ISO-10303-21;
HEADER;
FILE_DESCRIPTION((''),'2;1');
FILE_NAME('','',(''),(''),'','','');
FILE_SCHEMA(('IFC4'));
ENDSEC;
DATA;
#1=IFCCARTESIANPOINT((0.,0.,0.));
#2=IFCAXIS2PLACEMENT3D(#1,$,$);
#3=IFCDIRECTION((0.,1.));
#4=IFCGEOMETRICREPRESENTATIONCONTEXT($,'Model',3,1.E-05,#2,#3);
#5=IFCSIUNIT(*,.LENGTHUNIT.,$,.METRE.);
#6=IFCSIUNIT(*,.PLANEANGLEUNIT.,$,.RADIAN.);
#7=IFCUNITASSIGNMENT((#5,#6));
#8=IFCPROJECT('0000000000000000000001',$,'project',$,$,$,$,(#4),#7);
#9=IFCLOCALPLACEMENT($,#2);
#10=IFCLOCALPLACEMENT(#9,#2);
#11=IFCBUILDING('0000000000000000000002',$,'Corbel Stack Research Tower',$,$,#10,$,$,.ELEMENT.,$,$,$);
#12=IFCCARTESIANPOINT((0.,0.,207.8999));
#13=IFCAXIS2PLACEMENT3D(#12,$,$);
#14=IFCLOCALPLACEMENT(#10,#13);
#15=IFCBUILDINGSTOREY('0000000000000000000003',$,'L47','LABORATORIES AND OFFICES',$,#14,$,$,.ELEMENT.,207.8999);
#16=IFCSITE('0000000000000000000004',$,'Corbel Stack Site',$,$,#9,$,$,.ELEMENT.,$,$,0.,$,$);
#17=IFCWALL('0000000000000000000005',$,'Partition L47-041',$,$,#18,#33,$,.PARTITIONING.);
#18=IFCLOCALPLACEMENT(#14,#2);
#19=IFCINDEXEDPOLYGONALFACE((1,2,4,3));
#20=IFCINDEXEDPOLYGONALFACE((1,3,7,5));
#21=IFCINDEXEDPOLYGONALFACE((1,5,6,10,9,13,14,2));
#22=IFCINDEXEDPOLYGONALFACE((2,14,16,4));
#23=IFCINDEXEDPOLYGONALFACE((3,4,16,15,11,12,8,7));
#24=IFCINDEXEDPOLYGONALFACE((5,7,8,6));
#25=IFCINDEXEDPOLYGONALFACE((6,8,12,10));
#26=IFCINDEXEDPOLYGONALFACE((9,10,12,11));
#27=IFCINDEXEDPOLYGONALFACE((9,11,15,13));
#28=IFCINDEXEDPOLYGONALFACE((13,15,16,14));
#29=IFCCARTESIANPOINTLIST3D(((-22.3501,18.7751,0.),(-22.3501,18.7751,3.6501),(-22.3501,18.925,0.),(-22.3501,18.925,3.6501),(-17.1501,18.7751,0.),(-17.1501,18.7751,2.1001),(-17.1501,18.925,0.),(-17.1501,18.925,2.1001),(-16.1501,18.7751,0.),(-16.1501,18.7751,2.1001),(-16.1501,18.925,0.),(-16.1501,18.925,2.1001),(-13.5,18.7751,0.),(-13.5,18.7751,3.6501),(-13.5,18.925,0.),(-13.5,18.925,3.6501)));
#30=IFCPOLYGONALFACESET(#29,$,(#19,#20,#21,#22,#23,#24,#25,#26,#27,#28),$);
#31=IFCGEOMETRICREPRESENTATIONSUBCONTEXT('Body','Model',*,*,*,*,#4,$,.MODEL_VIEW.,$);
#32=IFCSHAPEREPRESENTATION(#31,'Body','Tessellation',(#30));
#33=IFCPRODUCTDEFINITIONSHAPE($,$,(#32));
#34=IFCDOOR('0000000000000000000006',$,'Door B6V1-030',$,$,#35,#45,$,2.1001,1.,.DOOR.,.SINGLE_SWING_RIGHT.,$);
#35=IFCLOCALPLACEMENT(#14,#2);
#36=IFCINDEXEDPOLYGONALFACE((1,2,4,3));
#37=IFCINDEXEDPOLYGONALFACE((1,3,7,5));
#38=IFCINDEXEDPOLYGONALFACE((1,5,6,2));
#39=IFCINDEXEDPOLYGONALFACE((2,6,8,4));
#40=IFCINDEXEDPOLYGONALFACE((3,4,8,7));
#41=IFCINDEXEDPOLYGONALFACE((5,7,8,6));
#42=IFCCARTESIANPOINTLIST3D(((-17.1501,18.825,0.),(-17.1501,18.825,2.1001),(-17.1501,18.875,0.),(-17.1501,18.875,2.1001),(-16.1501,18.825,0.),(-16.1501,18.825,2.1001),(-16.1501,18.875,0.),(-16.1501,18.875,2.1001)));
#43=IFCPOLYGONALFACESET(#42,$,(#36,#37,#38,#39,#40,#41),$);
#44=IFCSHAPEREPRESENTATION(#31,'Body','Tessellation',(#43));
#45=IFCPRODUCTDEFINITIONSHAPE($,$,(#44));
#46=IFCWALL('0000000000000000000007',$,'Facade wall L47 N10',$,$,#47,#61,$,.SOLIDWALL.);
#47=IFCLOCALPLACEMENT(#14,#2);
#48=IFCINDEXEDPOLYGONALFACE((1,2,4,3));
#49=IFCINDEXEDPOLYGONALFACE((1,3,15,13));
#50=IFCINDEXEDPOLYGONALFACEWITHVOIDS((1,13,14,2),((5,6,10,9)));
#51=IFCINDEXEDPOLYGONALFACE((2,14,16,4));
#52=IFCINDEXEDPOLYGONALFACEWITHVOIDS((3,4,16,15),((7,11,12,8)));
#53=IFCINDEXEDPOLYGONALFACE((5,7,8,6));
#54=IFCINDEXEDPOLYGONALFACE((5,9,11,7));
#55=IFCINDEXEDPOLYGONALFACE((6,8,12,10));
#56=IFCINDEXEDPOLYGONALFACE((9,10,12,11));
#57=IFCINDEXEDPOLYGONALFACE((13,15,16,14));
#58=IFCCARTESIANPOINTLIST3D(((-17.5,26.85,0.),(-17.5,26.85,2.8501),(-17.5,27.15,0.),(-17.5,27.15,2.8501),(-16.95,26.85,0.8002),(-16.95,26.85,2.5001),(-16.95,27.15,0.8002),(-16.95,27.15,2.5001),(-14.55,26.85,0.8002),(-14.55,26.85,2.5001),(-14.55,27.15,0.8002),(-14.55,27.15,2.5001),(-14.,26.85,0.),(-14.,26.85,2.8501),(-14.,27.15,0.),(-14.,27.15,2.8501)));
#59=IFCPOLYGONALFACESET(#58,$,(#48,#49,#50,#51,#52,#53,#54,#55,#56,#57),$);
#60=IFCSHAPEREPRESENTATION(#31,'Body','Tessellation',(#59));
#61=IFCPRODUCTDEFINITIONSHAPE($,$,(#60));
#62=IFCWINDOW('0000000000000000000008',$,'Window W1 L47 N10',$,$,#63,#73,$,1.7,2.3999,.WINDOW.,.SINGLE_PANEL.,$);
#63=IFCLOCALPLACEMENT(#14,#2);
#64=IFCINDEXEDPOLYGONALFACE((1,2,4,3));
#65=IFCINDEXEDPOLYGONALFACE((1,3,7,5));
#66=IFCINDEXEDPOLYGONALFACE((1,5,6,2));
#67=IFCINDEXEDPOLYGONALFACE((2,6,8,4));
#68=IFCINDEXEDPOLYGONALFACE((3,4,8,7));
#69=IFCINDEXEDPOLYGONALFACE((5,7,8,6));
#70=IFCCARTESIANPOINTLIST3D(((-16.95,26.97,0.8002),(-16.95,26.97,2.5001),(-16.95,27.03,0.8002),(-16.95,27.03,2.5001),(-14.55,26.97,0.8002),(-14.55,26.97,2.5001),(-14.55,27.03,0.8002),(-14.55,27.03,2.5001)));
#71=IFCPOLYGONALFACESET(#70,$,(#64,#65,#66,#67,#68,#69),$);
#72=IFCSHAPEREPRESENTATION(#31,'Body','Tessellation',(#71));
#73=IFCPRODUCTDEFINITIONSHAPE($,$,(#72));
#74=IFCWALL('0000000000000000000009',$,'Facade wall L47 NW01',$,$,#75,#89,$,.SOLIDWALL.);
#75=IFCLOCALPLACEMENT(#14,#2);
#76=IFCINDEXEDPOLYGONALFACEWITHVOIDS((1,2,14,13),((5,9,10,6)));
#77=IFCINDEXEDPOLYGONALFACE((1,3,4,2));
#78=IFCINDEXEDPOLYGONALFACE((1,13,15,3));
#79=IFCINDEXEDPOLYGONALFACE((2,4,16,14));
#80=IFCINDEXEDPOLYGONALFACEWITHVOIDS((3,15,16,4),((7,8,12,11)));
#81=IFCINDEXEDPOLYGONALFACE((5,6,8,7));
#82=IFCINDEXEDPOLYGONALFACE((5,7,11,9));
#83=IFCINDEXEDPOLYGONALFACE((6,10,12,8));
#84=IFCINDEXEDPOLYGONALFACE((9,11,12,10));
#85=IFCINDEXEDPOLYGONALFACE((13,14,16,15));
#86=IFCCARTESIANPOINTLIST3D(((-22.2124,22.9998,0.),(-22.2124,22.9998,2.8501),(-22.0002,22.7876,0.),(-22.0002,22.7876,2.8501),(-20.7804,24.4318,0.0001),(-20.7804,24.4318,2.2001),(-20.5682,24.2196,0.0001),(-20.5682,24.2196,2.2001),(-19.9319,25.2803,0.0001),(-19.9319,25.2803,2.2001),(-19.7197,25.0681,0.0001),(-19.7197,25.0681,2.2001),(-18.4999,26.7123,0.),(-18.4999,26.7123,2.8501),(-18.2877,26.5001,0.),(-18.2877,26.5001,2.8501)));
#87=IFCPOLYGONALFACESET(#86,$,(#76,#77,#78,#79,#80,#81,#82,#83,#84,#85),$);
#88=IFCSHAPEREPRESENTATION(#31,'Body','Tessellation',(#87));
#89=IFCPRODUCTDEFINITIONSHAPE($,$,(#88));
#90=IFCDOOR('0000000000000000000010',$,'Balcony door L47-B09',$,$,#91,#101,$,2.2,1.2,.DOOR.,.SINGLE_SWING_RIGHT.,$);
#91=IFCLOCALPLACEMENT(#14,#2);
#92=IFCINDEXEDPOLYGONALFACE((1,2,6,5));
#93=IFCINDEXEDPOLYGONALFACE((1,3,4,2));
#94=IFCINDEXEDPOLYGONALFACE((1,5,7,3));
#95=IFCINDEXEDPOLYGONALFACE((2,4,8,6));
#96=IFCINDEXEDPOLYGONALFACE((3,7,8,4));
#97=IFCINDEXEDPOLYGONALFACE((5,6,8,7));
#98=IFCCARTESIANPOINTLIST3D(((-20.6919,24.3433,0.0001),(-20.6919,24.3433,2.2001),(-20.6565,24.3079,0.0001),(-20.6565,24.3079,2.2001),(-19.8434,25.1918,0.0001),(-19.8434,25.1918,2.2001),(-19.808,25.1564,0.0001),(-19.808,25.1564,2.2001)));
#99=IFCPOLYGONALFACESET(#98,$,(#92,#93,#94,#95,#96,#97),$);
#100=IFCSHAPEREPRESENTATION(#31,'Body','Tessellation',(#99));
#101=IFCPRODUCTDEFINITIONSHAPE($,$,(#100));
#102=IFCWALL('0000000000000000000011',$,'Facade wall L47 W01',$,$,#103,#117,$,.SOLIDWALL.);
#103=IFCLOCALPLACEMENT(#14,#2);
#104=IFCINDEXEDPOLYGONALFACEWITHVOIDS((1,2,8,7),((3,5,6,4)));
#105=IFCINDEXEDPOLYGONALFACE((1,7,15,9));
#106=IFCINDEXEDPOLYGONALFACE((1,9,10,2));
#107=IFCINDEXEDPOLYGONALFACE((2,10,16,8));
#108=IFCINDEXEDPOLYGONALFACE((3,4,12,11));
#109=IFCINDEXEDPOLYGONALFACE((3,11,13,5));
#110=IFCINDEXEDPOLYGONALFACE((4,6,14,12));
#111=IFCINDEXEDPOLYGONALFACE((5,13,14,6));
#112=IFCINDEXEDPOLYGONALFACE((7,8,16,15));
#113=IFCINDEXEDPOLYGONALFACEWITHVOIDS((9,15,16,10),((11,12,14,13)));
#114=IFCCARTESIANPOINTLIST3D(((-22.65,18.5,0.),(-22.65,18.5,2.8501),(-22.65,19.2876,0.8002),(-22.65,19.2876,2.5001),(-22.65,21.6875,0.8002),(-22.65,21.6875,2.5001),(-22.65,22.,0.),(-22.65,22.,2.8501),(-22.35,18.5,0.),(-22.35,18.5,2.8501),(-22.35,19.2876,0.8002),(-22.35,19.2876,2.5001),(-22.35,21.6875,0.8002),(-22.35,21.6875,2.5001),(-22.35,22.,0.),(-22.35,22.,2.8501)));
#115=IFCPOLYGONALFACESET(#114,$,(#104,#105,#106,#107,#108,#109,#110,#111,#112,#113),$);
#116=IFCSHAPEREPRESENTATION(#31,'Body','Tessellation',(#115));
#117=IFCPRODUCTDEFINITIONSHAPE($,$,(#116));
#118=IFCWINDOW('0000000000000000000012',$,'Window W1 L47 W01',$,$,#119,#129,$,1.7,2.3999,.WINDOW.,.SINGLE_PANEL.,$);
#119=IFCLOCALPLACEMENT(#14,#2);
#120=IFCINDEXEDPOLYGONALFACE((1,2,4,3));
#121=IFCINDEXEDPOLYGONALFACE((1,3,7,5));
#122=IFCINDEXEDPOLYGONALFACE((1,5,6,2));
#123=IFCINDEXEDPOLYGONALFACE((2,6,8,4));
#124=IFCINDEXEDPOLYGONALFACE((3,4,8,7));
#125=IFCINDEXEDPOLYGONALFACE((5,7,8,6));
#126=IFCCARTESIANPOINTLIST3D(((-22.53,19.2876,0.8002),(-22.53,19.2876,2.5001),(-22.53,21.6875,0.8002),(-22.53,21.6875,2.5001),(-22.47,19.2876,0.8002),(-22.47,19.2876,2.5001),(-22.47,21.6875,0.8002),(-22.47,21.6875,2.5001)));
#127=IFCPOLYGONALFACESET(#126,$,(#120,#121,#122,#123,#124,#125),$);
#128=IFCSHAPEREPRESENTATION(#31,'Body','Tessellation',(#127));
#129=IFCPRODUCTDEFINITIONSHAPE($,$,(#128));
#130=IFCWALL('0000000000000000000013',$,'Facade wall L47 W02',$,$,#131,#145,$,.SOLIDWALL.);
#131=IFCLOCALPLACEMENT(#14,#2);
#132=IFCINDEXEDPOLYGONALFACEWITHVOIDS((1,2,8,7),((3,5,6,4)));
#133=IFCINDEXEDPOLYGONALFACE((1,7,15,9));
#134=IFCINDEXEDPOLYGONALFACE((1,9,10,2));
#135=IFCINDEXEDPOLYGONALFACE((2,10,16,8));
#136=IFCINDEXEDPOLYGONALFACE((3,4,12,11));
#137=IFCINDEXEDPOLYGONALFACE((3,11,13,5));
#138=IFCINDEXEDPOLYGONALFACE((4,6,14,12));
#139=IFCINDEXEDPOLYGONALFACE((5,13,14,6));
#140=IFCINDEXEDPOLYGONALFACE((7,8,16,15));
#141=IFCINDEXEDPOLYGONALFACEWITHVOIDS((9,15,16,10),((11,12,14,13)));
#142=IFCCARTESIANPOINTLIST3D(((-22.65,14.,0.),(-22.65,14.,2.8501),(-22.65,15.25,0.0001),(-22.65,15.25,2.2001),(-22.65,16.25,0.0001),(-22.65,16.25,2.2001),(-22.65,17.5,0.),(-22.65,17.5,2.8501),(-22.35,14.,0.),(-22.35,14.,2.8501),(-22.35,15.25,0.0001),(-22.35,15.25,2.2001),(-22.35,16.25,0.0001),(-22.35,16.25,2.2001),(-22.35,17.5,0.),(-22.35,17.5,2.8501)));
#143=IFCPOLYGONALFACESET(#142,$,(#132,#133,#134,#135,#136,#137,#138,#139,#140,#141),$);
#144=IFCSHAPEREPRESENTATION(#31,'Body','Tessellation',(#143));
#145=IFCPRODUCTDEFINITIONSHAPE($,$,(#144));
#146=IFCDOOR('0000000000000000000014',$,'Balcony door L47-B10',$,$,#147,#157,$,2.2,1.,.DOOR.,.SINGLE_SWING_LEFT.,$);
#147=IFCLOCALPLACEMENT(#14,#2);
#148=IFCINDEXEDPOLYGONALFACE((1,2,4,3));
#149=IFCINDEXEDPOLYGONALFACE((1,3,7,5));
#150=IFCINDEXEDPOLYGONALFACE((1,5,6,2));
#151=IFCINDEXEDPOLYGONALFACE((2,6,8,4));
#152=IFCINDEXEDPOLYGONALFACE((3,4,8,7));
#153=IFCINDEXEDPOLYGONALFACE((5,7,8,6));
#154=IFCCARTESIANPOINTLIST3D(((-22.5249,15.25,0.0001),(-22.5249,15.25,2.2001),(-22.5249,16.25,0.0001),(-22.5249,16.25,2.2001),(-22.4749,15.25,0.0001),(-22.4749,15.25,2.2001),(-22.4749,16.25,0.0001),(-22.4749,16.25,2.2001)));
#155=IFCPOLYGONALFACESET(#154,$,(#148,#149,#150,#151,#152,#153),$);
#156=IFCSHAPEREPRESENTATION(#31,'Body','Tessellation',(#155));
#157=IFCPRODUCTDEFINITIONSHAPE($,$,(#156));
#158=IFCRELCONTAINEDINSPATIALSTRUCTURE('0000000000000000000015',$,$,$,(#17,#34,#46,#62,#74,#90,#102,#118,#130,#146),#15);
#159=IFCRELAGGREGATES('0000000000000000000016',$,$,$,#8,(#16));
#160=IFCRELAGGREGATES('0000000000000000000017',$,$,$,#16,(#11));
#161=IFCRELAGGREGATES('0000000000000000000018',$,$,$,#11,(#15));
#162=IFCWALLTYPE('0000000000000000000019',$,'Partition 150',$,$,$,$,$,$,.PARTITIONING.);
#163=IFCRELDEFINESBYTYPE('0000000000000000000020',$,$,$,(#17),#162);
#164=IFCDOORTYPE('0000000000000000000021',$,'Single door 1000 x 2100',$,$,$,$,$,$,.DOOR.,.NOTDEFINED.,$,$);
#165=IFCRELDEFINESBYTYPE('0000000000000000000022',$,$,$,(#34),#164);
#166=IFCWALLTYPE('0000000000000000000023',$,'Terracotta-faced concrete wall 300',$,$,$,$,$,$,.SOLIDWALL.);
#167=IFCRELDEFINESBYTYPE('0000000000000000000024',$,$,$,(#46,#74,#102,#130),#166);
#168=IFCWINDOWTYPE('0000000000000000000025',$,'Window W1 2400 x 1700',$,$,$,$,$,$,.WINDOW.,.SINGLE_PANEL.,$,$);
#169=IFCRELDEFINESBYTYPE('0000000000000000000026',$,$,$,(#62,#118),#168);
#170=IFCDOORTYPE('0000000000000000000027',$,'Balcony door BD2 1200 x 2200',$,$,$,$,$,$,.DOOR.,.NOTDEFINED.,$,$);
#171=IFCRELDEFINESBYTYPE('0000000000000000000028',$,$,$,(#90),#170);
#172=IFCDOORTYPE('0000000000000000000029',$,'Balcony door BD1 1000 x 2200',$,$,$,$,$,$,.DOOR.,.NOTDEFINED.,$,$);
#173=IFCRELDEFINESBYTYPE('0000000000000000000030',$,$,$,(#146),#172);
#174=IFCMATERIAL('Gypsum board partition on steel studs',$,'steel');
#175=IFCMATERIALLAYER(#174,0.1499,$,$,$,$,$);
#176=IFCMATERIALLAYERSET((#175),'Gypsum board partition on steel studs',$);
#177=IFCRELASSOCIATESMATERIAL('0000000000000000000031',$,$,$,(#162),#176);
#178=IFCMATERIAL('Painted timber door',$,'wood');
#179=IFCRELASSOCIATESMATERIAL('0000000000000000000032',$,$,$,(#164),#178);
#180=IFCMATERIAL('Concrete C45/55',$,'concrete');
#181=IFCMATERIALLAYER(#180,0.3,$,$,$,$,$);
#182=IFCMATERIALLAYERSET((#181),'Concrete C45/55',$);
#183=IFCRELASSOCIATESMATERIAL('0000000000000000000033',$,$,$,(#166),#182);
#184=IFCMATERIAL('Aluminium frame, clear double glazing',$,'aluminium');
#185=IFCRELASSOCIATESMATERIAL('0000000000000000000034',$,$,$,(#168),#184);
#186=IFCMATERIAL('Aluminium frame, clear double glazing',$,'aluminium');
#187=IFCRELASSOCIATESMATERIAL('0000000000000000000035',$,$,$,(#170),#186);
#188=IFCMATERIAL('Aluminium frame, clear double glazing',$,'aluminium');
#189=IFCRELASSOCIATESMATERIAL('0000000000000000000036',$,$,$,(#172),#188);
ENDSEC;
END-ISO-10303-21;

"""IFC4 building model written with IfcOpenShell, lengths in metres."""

from ifc_helpers import new_model, si_unit, direction, frame, frame_2d, origin, place, context, subcontext, project, spatial, rectangle, extrude, material, layer, layer_set, type_object, element, fill, save


model = new_model("IFC4")

# Units and contexts
model_context = context("Model", 3, precision=1e-05, world=origin(), true_north=direction((0.0, 1.0)))
body_context = subcontext(model_context, "Body", "Model", "MODEL_VIEW")
ifc_project = project(units=[si_unit("LENGTHUNIT", "METRE"), si_unit("PLANEANGLEUNIT", "RADIAN")], contexts=[model_context])

# Site, building, storey
site_placement = place(None, origin())
site = spatial("IfcSite", under=ifc_project, at=site_placement, Name="Corbel Stack Site", CompositionType="ELEMENT", RefElevation=0.0)
building_placement = place(site_placement, origin())
building = spatial("IfcBuilding", under=site, at=building_placement, Name="Corbel Stack Research Tower", CompositionType="ELEMENT")
storey_placement = place(building_placement, frame((0.0, 0.0, 207.8999)))
storey = spatial("IfcBuildingStorey", under=building, at=storey_placement, Name="L47", Description="LABORATORIES AND OFFICES", CompositionType="ELEMENT", Elevation=207.8999)

# Wall, opening, door
ifc_material_1 = material(Name="Gypsum board partition on steel studs", Category="steel")
ifc_layer_1 = layer(ifc_material_1, 0.1499)
ifc_layer_set_1 = layer_set([ifc_layer_1], Name="Gypsum board partition on steel studs")
wall_type_1 = type_object("IfcWallType", Name="Partition 150", PredefinedType="PARTITIONING", material=ifc_layer_set_1)
wall_1_placement = place(storey_placement, frame((-22.3501, 18.8501, 0.0), z_axis=(0.0, 0.0, 1.0), x_axis=(1.0, 0.0, 0.0)))
wall_1 = element("IfcWall", 1, at=wall_1_placement, inside=storey, type_object=wall_type_1, Name="Partition L47-041", PredefinedType="PARTITIONING", context=body_context, shape_type="SweptSolid", body=[
    extrude(rectangle(XDim=8.8501, YDim=0.1499, at=frame_2d((4.425, 0.0))), origin(), (0.0, 0.0, 1.0), 3.6501),
])
opening_1_placement = place(wall_1_placement, frame((5.2, 0.0, 0.0)))
opening_1 = element("IfcOpeningElement", 2, at=opening_1_placement, cuts=wall_1, PredefinedType="OPENING", context=body_context, shape_type="SweptSolid", body=[
    extrude(rectangle(XDim=1.0, YDim=2.1001, at=frame_2d((0.5, 1.05))), frame((0.0, 0.085, 0.0), z_axis=(0.0, -1.0, 0.0), x_axis=(1.0, 0.0, 0.0)), (0.0, 0.0, 1.0), 0.1699),
])
ifc_material_2 = material(Name="Painted timber door", Category="wood")
door_type_1 = type_object("IfcDoorType", Name="Single door 1000 x 2100", OperationType="NOTDEFINED", PredefinedType="DOOR", material=ifc_material_2)
door_1_placement = place(opening_1_placement, origin())
door_1 = element("IfcDoor", 3, at=door_1_placement, inside=storey, type_object=door_type_1, Name="Door B6V1-030", OperationType="SINGLE_SWING_RIGHT", OverallHeight=2.1001, OverallWidth=1.0, PredefinedType="DOOR", context=body_context, shape_type="SweptSolid", body=[
    extrude(rectangle(XDim=1.0, YDim=2.1001, at=frame_2d((0.5, 1.05))), frame((0.0, 0.0249, 0.0), z_axis=(0.0, -1.0, 0.0), x_axis=(1.0, 0.0, 0.0)), (0.0, 0.0, 1.0), 0.05),
])
fill(opening_1, door_1)

# Wall, opening, window
ifc_material_3 = material(Name="Concrete C45/55", Category="concrete")
ifc_layer_2 = layer(ifc_material_3, 0.3)
ifc_layer_set_2 = layer_set([ifc_layer_2], Name="Concrete C45/55")
wall_type_2 = type_object("IfcWallType", Name="Terracotta-faced concrete wall 300", PredefinedType="SOLIDWALL", material=ifc_layer_set_2)
wall_2_placement = place(storey_placement, frame((-17.5, 27.0, 0.0), z_axis=(0.0, 0.0, 1.0), x_axis=(1.0, 0.0, 0.0)))
wall_2 = element("IfcWall", 4, at=wall_2_placement, inside=storey, type_object=wall_type_2, Name="Facade wall L47 N10", PredefinedType="SOLIDWALL", context=body_context, shape_type="SweptSolid", body=[
    extrude(rectangle(XDim=3.5, YDim=0.3, at=frame_2d((1.75, 0.0))), origin(), (0.0, 0.0, 1.0), 2.8501),
])
opening_2_placement = place(wall_2_placement, frame((0.55, 0.0, 0.8)))
opening_2 = element("IfcOpeningElement", 5, at=opening_2_placement, cuts=wall_2, PredefinedType="OPENING", context=body_context, shape_type="SweptSolid", body=[
    extrude(rectangle(XDim=2.3999, YDim=1.7, at=frame_2d((1.2, 0.8501))), frame((0.0, 0.1599, 0.0), z_axis=(0.0, -1.0, 0.0), x_axis=(1.0, 0.0, 0.0)), (0.0, 0.0, 1.0), 0.3201),
])
ifc_material_4 = material(Name="Aluminium frame, clear double glazing", Category="aluminium")
window_type = type_object("IfcWindowType", Name="Window W1 2400 x 1700", PartitioningType="SINGLE_PANEL", PredefinedType="WINDOW", material=ifc_material_4)
window_1_placement = place(opening_2_placement, origin())
window_1 = element("IfcWindow", 6, at=window_1_placement, inside=storey, type_object=window_type, Name="Window W1 L47 N10", OverallHeight=1.7, OverallWidth=2.3999, PartitioningType="SINGLE_PANEL", PredefinedType="WINDOW", context=body_context, shape_type="SweptSolid", body=[
    extrude(rectangle(XDim=2.3999, YDim=1.7, at=frame_2d((1.2, 0.8501))), frame((0.0, 0.03, 0.0), z_axis=(0.0, -1.0, 0.0), x_axis=(1.0, 0.0, 0.0)), (0.0, 0.0, 1.0), 0.0601),
])
fill(opening_2, window_1)

# Wall, opening, door
wall_3_placement = place(storey_placement, frame((-22.1062, 22.8938, 0.0), z_axis=(0.0, 0.0, 1.0), x_axis=(0.707107, 0.707107, 0.0)))
wall_3 = element("IfcWall", 7, at=wall_3_placement, inside=storey, type_object=wall_type_2, Name="Facade wall L47 NW01", PredefinedType="SOLIDWALL", context=body_context, shape_type="SweptSolid", body=[
    extrude(rectangle(XDim=5.2502, YDim=0.3, at=frame_2d((2.625, 0.0))), origin(), (0.0, 0.0, 1.0), 2.8501),
])
opening_3_placement = place(wall_3_placement, frame((2.0249, 0.0, 0.0)))
opening_3 = element("IfcOpeningElement", 8, at=opening_3_placement, cuts=wall_3, PredefinedType="OPENING", context=body_context, shape_type="SweptSolid", body=[
    extrude(rectangle(XDim=1.2, YDim=2.2, at=frame_2d((0.6001, 1.1001))), frame((0.0, 0.1599, 0.0), z_axis=(0.0, -1.0, 0.0), x_axis=(1.0, 0.0, 0.0)), (0.0, 0.0, 1.0), 0.3201),
])
ifc_material_5 = material(Name="Aluminium frame, clear double glazing", Category="aluminium")
door_type_2 = type_object("IfcDoorType", Name="Balcony door BD2 1200 x 2200", OperationType="NOTDEFINED", PredefinedType="DOOR", material=ifc_material_5)
door_2_placement = place(opening_3_placement, origin())
door_2 = element("IfcDoor", 9, at=door_2_placement, inside=storey, type_object=door_type_2, Name="Balcony door L47-B09", OperationType="SINGLE_SWING_RIGHT", OverallHeight=2.2, OverallWidth=1.2, PredefinedType="DOOR", context=body_context, shape_type="SweptSolid", body=[
    extrude(rectangle(XDim=1.2, YDim=2.2, at=frame_2d((0.6001, 1.1001))), frame((0.0, 0.0249, 0.0), z_axis=(0.0, -1.0, 0.0), x_axis=(1.0, 0.0, 0.0)), (0.0, 0.0, 1.0), 0.05),
])
fill(opening_3, door_2)

# Wall, opening, window
wall_4_placement = place(storey_placement, frame((-22.5, 18.5, 0.0), z_axis=(0.0, 0.0, 1.0), x_axis=(0.0, 1.0, 0.0)))
wall_4 = element("IfcWall", 10, at=wall_4_placement, inside=storey, type_object=wall_type_2, Name="Facade wall L47 W01", PredefinedType="SOLIDWALL", context=body_context, shape_type="SweptSolid", body=[
    extrude(rectangle(XDim=3.5, YDim=0.3, at=frame_2d((1.75, 0.0))), origin(), (0.0, 0.0, 1.0), 2.8501),
])
opening_4_placement = place(wall_4_placement, frame((0.7876, 0.0, 0.8)))
opening_4 = element("IfcOpeningElement", 11, at=opening_4_placement, cuts=wall_4, PredefinedType="OPENING", context=body_context, shape_type="SweptSolid", body=[
    extrude(rectangle(XDim=2.3999, YDim=1.7, at=frame_2d((1.2, 0.8501))), frame((0.0, 0.1599, 0.0), z_axis=(0.0, -1.0, 0.0), x_axis=(1.0, 0.0, 0.0)), (0.0, 0.0, 1.0), 0.3201),
])
window_2_placement = place(opening_4_placement, origin())
window_2 = element("IfcWindow", 12, at=window_2_placement, inside=storey, type_object=window_type, Name="Window W1 L47 W01", OverallHeight=1.7, OverallWidth=2.3999, PartitioningType="SINGLE_PANEL", PredefinedType="WINDOW", context=body_context, shape_type="SweptSolid", body=[
    extrude(rectangle(XDim=2.3999, YDim=1.7, at=frame_2d((1.2, 0.8501))), frame((0.0, 0.03, 0.0), z_axis=(0.0, -1.0, 0.0), x_axis=(1.0, 0.0, 0.0)), (0.0, 0.0, 1.0), 0.0601),
])
fill(opening_4, window_2)

# Wall, opening, door
wall_5_placement = place(storey_placement, frame((-22.5, 14.0, 0.0), z_axis=(0.0, 0.0, 1.0), x_axis=(0.0, 1.0, 0.0)))
wall_5 = element("IfcWall", 13, at=wall_5_placement, inside=storey, type_object=wall_type_2, Name="Facade wall L47 W02", PredefinedType="SOLIDWALL", context=body_context, shape_type="SweptSolid", body=[
    extrude(rectangle(XDim=3.5, YDim=0.3, at=frame_2d((1.75, 0.0))), origin(), (0.0, 0.0, 1.0), 2.8501),
])
opening_5_placement = place(wall_5_placement, frame((1.25, 0.0, 0.0)))
opening_5 = element("IfcOpeningElement", 14, at=opening_5_placement, cuts=wall_5, PredefinedType="OPENING", context=body_context, shape_type="SweptSolid", body=[
    extrude(rectangle(XDim=1.0, YDim=2.2, at=frame_2d((0.5, 1.1001))), frame((0.0, 0.1599, 0.0), z_axis=(0.0, -1.0, 0.0), x_axis=(1.0, 0.0, 0.0)), (0.0, 0.0, 1.0), 0.3201),
])
ifc_material_6 = material(Name="Aluminium frame, clear double glazing", Category="aluminium")
door_type_3 = type_object("IfcDoorType", Name="Balcony door BD1 1000 x 2200", OperationType="NOTDEFINED", PredefinedType="DOOR", material=ifc_material_6)
door_3_placement = place(opening_5_placement, origin())
door_3 = element("IfcDoor", 15, at=door_3_placement, inside=storey, type_object=door_type_3, Name="Balcony door L47-B10", OperationType="SINGLE_SWING_LEFT", OverallHeight=2.2, OverallWidth=1.0, PredefinedType="DOOR", context=body_context, shape_type="SweptSolid", body=[
    extrude(rectangle(XDim=1.0, YDim=2.2, at=frame_2d((0.5, 1.1001))), frame((0.0, 0.0249, 0.0), z_axis=(0.0, -1.0, 0.0), x_axis=(1.0, 0.0, 0.0)), (0.0, 0.0, 1.0), 0.05),
])
fill(opening_5, door_3)

save(model, "model.ifc")
